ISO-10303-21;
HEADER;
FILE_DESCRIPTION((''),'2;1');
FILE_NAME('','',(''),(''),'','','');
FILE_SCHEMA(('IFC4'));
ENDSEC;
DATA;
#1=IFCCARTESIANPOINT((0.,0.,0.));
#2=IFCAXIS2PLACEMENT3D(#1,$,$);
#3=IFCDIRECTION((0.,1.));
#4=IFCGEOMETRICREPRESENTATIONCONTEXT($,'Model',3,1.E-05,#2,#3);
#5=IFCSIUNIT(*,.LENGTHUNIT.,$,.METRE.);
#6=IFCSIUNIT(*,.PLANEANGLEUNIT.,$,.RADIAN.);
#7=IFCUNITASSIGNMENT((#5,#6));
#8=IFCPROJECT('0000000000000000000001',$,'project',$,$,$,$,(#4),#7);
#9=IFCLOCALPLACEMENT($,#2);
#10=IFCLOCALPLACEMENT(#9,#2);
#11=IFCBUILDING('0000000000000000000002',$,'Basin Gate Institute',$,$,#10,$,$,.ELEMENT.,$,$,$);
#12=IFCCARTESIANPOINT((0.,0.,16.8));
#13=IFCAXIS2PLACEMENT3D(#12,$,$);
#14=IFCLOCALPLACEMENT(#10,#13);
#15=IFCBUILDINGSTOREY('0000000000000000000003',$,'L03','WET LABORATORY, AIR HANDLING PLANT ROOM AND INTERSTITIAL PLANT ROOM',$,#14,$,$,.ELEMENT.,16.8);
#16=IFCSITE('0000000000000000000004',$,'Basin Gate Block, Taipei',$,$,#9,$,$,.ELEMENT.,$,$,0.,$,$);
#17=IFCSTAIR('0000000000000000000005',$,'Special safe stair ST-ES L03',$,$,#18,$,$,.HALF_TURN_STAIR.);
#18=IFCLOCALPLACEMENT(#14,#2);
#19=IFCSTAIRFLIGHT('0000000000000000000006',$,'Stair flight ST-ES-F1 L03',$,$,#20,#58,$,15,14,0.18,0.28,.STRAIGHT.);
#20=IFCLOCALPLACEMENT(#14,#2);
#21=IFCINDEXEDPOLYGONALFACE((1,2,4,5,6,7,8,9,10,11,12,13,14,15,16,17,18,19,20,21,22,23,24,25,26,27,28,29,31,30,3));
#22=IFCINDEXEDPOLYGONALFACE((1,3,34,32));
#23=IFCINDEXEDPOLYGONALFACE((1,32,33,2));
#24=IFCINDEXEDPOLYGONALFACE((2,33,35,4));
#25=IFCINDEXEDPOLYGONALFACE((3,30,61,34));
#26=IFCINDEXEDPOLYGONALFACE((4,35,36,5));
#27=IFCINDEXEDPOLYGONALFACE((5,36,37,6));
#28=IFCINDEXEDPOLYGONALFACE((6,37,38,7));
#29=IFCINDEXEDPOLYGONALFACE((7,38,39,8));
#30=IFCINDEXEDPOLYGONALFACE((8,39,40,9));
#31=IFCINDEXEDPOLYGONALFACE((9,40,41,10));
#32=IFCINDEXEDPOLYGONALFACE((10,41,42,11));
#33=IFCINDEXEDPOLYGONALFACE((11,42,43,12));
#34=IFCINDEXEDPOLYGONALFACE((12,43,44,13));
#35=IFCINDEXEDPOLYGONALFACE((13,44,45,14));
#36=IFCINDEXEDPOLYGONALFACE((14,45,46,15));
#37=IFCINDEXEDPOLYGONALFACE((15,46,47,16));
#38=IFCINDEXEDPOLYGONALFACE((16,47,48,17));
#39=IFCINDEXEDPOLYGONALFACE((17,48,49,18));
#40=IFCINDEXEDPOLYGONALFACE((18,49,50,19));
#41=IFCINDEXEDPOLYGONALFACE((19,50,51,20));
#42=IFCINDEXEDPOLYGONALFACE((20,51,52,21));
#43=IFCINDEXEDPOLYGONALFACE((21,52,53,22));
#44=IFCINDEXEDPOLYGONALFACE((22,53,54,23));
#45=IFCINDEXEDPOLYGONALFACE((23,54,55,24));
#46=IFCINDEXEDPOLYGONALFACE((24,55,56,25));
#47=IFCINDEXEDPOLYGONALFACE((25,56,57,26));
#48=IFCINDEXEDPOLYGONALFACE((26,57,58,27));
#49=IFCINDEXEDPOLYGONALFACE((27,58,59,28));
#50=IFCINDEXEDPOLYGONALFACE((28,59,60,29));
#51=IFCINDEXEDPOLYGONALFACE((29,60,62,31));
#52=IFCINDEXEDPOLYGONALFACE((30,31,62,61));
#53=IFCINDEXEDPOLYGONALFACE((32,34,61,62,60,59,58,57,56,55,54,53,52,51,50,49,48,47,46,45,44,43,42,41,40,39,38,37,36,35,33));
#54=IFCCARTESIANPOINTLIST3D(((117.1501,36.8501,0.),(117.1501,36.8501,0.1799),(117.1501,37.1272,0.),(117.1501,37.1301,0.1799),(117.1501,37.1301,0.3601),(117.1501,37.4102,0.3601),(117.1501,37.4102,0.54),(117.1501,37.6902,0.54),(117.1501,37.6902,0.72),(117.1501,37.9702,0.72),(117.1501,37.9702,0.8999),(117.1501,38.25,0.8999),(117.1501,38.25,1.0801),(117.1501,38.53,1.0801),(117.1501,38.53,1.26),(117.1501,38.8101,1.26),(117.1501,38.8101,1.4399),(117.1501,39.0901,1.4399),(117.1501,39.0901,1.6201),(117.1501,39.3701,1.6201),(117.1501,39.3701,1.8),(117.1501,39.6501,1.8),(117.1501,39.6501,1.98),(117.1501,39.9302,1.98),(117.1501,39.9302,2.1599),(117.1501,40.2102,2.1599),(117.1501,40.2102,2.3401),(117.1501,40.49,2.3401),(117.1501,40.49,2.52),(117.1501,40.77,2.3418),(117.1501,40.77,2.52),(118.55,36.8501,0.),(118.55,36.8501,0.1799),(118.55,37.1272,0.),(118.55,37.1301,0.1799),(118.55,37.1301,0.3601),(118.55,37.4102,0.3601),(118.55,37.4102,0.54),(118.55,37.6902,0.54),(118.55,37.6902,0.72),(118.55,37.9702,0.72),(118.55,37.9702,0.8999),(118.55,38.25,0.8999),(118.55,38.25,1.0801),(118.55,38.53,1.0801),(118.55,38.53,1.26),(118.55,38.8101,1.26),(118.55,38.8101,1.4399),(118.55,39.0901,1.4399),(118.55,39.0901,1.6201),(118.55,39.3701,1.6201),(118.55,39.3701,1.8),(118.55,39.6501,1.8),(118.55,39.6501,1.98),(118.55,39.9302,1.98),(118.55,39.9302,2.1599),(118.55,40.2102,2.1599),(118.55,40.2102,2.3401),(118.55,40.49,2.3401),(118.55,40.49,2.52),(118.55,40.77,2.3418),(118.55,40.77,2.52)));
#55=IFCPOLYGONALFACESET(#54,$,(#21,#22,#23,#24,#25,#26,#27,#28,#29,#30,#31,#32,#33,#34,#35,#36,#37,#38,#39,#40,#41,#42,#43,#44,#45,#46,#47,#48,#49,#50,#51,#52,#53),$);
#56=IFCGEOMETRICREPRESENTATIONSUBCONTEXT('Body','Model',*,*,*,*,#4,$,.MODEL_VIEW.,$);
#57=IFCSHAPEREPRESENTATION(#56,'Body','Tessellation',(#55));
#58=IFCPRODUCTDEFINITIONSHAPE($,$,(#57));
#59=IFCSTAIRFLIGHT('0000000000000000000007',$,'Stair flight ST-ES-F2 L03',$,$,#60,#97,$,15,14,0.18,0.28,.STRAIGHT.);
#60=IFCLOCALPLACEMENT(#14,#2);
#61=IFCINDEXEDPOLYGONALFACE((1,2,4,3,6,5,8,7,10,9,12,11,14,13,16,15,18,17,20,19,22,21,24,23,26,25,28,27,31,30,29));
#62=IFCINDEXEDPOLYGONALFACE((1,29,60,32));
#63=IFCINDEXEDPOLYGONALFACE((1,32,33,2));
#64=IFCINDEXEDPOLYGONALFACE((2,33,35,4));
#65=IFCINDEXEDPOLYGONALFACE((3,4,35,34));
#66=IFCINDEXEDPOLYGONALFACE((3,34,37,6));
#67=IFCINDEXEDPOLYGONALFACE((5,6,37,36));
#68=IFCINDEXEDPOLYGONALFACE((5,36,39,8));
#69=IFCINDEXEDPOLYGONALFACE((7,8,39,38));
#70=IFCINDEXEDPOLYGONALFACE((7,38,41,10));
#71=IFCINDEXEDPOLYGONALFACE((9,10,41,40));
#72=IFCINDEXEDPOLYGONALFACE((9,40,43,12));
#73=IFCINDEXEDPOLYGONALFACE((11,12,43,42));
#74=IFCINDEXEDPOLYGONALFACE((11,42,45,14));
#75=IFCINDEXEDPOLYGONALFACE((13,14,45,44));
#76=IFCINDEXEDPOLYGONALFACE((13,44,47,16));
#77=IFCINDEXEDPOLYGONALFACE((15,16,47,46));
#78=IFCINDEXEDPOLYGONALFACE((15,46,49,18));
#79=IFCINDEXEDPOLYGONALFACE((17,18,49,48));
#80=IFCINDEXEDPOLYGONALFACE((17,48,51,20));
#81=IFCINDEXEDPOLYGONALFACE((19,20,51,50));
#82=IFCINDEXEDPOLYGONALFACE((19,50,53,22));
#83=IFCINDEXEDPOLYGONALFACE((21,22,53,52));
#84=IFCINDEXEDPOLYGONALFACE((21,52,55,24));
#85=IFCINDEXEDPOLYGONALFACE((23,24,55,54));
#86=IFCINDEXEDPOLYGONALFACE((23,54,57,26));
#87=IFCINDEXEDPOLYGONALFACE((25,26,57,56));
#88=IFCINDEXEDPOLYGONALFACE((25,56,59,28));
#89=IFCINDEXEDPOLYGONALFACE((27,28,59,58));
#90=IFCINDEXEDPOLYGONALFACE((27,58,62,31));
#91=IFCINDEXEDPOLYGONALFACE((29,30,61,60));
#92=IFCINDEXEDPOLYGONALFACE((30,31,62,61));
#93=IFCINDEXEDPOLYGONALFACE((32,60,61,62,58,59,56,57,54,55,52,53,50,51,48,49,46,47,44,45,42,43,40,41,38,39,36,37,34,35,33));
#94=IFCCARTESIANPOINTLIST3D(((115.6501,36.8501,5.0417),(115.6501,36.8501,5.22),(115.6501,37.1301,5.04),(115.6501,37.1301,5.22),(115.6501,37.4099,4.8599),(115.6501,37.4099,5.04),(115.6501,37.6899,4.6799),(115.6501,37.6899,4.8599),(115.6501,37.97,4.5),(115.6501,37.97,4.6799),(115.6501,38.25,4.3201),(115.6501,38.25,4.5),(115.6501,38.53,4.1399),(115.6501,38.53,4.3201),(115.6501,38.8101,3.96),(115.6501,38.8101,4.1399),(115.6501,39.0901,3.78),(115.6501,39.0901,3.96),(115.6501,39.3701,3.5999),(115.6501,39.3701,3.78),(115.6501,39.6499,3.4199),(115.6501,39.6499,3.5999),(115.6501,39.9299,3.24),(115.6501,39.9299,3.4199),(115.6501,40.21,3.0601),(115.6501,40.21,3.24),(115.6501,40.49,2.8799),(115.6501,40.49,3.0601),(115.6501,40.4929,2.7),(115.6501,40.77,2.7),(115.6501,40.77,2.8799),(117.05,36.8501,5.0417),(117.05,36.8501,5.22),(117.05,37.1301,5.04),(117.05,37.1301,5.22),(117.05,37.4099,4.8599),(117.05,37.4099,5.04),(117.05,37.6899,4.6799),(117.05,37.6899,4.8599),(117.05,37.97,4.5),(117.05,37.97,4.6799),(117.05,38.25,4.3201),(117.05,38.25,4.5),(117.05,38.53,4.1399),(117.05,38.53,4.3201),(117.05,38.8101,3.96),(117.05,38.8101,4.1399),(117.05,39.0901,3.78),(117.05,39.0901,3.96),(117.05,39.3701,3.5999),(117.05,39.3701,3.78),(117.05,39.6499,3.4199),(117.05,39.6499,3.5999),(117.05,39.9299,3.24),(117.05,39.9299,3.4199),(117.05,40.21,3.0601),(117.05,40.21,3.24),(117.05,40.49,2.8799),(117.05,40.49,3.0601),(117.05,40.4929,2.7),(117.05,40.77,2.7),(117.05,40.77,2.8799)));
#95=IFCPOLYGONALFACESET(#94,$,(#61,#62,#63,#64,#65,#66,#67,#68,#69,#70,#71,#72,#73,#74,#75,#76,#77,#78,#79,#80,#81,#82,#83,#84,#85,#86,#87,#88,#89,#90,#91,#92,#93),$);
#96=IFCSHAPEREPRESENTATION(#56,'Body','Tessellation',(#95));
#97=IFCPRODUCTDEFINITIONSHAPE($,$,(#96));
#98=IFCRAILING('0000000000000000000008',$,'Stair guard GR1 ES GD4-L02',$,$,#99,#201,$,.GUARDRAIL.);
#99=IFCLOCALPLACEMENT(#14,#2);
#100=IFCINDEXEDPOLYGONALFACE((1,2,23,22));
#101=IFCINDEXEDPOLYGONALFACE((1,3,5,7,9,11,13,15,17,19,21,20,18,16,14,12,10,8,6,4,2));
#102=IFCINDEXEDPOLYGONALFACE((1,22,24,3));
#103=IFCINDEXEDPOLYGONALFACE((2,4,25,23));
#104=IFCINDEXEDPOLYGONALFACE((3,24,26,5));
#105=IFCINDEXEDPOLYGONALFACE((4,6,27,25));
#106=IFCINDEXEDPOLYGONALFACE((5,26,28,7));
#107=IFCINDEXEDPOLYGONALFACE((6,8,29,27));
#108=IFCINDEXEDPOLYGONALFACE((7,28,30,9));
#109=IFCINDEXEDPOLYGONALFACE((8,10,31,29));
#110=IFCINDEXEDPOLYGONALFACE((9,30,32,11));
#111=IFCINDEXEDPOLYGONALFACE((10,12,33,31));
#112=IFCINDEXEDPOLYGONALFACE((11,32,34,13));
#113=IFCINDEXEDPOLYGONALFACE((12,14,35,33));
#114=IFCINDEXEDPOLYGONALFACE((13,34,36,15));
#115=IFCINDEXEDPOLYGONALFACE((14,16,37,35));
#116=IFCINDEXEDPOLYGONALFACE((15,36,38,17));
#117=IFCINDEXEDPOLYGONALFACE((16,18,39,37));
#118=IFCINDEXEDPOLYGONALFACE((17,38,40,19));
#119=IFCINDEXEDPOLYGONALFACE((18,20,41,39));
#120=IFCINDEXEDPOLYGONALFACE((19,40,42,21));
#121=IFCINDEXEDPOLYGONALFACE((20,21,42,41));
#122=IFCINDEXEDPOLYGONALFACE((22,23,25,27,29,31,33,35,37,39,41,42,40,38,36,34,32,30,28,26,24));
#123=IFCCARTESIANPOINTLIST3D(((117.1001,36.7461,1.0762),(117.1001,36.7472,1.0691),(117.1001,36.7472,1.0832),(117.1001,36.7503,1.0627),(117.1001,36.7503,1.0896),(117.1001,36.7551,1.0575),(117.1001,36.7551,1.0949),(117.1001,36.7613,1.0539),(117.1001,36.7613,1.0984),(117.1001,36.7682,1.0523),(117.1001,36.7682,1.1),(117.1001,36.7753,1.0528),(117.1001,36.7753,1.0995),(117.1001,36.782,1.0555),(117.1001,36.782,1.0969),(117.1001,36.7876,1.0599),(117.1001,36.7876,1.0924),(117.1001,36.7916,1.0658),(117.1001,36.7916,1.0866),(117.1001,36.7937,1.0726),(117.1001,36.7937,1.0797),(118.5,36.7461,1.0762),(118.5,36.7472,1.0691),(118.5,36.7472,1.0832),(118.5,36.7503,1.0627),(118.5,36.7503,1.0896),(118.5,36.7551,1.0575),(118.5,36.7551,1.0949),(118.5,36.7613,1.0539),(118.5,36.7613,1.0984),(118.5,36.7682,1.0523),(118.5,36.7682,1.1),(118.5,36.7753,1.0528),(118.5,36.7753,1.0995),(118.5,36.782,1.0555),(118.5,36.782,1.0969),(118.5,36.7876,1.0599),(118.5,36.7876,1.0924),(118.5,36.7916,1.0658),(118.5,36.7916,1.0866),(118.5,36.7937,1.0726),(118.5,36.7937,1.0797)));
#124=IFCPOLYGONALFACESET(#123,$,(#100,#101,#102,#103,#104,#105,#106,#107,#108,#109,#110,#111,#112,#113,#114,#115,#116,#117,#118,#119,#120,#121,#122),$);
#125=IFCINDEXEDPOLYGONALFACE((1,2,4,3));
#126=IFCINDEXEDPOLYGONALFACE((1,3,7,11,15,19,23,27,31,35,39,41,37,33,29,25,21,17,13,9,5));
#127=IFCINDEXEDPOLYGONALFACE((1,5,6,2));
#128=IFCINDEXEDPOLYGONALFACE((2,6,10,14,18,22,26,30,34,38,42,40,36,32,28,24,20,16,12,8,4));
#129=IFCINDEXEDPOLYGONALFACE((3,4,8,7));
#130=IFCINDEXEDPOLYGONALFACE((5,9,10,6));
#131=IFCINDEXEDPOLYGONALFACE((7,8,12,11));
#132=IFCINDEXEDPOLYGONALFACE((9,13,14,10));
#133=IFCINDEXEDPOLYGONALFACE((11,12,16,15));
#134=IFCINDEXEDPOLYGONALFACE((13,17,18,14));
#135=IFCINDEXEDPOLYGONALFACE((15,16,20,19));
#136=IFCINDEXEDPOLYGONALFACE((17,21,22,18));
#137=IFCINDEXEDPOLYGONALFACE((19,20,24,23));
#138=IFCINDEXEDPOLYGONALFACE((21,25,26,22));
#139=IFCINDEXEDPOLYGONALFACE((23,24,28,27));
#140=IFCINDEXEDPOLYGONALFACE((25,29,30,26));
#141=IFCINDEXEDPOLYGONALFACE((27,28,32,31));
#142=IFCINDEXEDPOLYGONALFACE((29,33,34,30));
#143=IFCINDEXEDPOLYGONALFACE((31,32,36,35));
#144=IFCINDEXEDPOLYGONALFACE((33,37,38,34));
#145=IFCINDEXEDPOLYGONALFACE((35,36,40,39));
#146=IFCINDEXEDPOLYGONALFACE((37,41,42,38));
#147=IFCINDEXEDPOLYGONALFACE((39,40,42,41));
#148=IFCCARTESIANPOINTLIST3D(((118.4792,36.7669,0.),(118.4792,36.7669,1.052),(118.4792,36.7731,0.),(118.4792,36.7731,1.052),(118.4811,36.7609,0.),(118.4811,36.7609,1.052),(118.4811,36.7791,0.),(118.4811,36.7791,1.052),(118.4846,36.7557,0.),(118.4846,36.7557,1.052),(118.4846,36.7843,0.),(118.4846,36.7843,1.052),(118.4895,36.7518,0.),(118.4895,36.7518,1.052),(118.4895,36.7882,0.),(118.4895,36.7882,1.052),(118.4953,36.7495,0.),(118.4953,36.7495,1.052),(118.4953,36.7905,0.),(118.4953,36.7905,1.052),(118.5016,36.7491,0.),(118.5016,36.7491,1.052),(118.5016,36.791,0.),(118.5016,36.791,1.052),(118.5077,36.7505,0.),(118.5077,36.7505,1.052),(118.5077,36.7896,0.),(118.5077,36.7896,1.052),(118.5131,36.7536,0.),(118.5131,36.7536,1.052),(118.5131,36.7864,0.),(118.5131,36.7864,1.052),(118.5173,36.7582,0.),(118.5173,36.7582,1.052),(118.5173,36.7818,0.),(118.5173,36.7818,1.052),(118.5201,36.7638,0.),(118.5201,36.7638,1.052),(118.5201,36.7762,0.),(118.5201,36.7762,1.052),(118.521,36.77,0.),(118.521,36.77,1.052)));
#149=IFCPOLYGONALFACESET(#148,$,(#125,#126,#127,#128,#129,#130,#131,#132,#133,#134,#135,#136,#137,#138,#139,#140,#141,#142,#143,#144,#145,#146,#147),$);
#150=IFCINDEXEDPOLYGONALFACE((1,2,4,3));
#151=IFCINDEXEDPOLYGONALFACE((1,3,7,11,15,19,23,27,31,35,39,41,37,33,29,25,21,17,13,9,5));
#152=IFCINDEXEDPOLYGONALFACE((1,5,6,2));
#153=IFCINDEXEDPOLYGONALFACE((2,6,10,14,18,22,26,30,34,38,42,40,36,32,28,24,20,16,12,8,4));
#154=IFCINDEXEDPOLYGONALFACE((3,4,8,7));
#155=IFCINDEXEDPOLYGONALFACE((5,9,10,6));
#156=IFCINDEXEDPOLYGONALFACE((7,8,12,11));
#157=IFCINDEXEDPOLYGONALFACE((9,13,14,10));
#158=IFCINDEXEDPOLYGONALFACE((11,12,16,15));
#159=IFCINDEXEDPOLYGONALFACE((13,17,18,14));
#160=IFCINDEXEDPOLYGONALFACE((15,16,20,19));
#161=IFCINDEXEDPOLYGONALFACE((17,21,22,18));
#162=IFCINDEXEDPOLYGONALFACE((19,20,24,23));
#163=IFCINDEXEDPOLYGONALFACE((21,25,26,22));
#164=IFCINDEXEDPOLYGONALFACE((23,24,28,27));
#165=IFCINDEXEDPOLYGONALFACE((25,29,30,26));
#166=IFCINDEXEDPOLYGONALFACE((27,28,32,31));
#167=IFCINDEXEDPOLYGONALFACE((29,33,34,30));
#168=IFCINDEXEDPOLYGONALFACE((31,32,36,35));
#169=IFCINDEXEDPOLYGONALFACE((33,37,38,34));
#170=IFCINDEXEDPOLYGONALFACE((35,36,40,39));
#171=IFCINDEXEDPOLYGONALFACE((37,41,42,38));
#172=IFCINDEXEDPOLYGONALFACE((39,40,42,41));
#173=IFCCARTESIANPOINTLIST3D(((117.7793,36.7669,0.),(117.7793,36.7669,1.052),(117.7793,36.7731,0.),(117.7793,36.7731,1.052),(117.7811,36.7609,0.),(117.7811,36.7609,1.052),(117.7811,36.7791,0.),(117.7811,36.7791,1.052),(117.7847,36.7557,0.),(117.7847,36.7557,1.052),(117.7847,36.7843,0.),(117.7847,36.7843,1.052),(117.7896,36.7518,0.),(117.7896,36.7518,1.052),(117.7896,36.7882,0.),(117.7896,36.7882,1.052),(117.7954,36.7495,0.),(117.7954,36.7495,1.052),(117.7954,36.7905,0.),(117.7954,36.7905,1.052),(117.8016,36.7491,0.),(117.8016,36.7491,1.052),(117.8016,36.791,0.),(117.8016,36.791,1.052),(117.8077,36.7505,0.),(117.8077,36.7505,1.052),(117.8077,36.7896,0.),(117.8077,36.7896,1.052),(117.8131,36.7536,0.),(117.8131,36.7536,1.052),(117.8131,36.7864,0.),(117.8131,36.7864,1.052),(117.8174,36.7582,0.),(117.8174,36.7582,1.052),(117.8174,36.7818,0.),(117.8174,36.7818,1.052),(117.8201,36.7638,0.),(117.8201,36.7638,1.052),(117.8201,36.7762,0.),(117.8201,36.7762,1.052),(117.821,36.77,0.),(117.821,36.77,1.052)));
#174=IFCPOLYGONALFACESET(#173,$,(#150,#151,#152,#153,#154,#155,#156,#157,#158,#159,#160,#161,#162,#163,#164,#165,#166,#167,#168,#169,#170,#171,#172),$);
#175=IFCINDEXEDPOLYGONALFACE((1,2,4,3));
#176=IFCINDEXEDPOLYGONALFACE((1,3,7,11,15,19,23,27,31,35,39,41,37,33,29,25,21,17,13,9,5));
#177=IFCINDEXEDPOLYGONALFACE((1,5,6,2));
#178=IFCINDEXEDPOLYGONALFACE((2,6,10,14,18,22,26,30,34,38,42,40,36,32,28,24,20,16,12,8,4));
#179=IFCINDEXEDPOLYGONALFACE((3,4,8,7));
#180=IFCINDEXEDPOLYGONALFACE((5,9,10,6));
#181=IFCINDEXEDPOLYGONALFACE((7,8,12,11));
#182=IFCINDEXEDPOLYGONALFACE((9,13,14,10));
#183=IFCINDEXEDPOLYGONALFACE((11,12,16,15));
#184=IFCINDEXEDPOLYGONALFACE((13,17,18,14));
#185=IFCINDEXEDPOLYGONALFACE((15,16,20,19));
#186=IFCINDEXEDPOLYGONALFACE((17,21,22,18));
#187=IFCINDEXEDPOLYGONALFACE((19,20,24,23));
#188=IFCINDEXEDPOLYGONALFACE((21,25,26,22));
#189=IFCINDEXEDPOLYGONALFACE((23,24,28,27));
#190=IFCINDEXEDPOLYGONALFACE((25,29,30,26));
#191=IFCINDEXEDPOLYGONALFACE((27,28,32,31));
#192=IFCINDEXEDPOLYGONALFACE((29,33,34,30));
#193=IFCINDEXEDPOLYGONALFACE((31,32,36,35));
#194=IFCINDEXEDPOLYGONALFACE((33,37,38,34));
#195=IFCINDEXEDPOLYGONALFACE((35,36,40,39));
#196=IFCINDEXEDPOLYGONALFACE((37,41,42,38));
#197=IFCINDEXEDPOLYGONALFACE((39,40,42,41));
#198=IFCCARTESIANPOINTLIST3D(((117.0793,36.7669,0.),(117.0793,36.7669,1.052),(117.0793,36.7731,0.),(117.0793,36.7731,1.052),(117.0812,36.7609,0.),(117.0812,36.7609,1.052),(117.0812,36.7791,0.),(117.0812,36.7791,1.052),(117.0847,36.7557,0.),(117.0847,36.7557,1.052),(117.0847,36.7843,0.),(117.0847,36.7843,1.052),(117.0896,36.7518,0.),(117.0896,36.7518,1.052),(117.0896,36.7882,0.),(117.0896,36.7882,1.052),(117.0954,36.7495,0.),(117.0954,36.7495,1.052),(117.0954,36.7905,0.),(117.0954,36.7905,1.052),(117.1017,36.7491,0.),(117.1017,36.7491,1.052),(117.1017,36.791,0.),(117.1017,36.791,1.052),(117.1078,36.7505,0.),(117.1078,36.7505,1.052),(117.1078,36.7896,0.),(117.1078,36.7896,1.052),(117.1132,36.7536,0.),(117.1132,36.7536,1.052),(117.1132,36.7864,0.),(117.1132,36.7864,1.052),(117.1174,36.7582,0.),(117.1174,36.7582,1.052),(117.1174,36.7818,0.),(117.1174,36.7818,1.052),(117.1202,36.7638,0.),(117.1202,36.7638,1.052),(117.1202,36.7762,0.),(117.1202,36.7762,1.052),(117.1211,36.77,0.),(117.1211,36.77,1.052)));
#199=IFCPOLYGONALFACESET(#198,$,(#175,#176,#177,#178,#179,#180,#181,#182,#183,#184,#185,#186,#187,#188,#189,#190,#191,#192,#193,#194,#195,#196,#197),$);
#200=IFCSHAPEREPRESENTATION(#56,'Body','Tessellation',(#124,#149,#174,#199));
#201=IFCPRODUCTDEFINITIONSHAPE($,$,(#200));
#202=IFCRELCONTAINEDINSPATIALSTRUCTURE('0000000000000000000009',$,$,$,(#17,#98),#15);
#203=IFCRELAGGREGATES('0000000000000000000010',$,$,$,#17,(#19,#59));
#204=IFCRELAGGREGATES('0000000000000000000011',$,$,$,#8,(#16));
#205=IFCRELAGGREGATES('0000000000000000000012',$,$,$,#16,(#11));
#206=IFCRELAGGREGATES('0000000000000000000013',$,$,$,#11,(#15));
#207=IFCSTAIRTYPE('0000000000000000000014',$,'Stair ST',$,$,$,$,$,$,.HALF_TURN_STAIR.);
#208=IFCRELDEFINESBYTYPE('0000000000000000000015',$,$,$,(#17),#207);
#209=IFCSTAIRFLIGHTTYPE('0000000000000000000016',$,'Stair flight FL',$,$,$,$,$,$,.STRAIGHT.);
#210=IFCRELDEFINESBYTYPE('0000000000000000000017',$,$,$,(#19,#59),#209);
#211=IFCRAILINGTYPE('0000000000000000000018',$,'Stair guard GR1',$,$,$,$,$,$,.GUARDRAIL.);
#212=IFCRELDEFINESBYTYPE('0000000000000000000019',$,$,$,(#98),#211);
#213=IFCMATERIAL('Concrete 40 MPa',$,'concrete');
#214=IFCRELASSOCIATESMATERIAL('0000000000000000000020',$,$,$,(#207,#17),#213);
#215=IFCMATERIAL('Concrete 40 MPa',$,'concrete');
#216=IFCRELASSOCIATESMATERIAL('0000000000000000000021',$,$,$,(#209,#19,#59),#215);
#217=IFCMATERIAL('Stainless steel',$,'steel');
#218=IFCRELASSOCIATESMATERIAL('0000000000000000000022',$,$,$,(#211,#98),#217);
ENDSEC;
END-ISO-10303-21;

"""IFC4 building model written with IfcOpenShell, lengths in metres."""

from ifc_helpers import new_model, si_unit, direction, frame, origin, origin_2d, place, context, subcontext, project, spatial, polyline, circle, outline, extrude, material, type_object, element, aggregate, save


model = new_model("IFC4")

# Units and contexts
model_context = context("Model", 3, precision=1e-05, world=origin(), true_north=direction((0.0, 1.0)))
body_context = subcontext(model_context, "Body", "Model", "MODEL_VIEW")
ifc_project = project(units=[si_unit("LENGTHUNIT", "METRE"), si_unit("PLANEANGLEUNIT", "RADIAN")], contexts=[model_context])

# Site, building, storey
site_placement = place(None, origin())
site = spatial("IfcSite", under=ifc_project, at=site_placement, Name="Basin Gate Block, Taipei", CompositionType="ELEMENT", RefElevation=0.0)
building_placement = place(site_placement, origin())
building = spatial("IfcBuilding", under=site, at=building_placement, Name="Basin Gate Institute", CompositionType="ELEMENT")
storey_placement = place(building_placement, frame((0.0, 0.0, 16.8)))
storey = spatial("IfcBuildingStorey", under=building, at=storey_placement, Name="L03", Description="WET LABORATORY, AIR HANDLING PLANT ROOM AND INTERSTITIAL PLANT ROOM", CompositionType="ELEMENT", Elevation=16.8)

# Stair, stair flights
ifc_material_1 = material(Name="Concrete 40 MPa", Category="concrete")
stair_type = type_object("IfcStairType", Name="Stair ST", PredefinedType="HALF_TURN_STAIR", material=ifc_material_1)
stair_placement = place(storey_placement, origin())
stair = element("IfcStair", 1, at=stair_placement, inside=storey, type_object=stair_type, material=ifc_material_1, Name="Special safe stair ST-ES L03", PredefinedType="HALF_TURN_STAIR")
ifc_material_2 = material(Name="Concrete 40 MPa", Category="concrete")
stair_flight_type = type_object("IfcStairFlightType", Name="Stair flight FL", PredefinedType="STRAIGHT", material=ifc_material_2)
stair_flight_1_placement = place(storey_placement, frame((117.8501, 36.8501, 0.0), z_axis=(0.0, 0.0, 1.0), x_axis=(0.0, 1.0, 0.0)))
stair_flight_1 = element("IfcStairFlight", 2, at=stair_flight_1_placement, type_object=stair_flight_type, material=ifc_material_2, Name="Stair flight ST-ES-F1 L03", NumberOfRisers=15, NumberOfTreads=14, PredefinedType="STRAIGHT", RiserHeight=0.18, TreadLength=0.28, context=body_context, shape_type="SweptSolid", body=[
    extrude(outline(polyline([(0.0, 0.0), (0.0, 0.1799), (0.28, 0.1799), (0.28, 0.3601), (0.5601, 0.3601), (0.5601, 0.54), (0.8401, 0.54), (0.8401, 0.72), (1.1201, 0.72), (1.1201, 0.8999), (1.3999, 0.8999), (1.3999, 1.0801), (1.6799, 1.0801), (1.6799, 1.26), (1.96, 1.26), (1.96, 1.4399), (2.24, 1.4399), (2.24, 1.6201), (2.52, 1.6201), (2.52, 1.8), (2.8, 1.8), (2.8, 1.98), (3.0801, 1.98), (3.0801, 2.1599), (3.3601, 2.1599), (3.3601, 2.3401), (3.6399, 2.3401), (3.6399, 2.52), (3.9199, 2.52), (3.9199, 2.7), (3.9199, 2.3418), (0.2771, 0.0), (0.0, 0.0)])), frame((0.0, 0.7, 0.0), z_axis=(0.0, -1.0, 0.0), x_axis=(1.0, 0.0, 0.0)), (0.0, 0.0, 1.0), 1.3999),
])
stair_flight_2_placement = place(storey_placement, frame((116.3501, 40.77, 2.7), z_axis=(0.0, 0.0, 1.0), x_axis=(0.0, -1.0, 0.0)))
stair_flight_2 = element("IfcStairFlight", 3, at=stair_flight_2_placement, type_object=stair_flight_type, material=ifc_material_2, Name="Stair flight ST-ES-F2 L03", NumberOfRisers=15, NumberOfTreads=14, PredefinedType="STRAIGHT", RiserHeight=0.18, TreadLength=0.28, context=body_context, shape_type="SweptSolid", body=[
    extrude(outline(polyline([(0.0, 0.0), (0.0, 0.1799), (0.28, 0.1799), (0.28, 0.3601), (0.5601, 0.3601), (0.5601, 0.54), (0.8401, 0.54), (0.8401, 0.72), (1.1201, 0.72), (1.1201, 0.8999), (1.3999, 0.8999), (1.3999, 1.0801), (1.6799, 1.0801), (1.6799, 1.26), (1.96, 1.26), (1.96, 1.4399), (2.24, 1.4399), (2.24, 1.6201), (2.52, 1.6201), (2.52, 1.8), (2.8, 1.8), (2.8, 1.98), (3.0801, 1.98), (3.0801, 2.1599), (3.3601, 2.1599), (3.3601, 2.3401), (3.6399, 2.3401), (3.6399, 2.52), (3.9199, 2.52), (3.9199, 2.7), (3.9199, 2.3418), (0.2771, 0.0), (0.0, 0.0)])), frame((0.0, 0.7, 0.0), z_axis=(0.0, -1.0, 0.0), x_axis=(1.0, 0.0, 0.0)), (0.0, 0.0, 1.0), 1.3999),
])
aggregate(stair, [stair_flight_1, stair_flight_2])

# Railing
ifc_material_3 = material(Name="Stainless steel", Category="steel")
railing_type_1 = type_object("IfcRailingType", Name="Stair guard GR1", PredefinedType="GUARDRAIL", material=ifc_material_3)
railing_1_placement = place(storey_placement, frame((118.5, 36.77, 0.0)))
element("IfcRailing", 4, at=railing_1_placement, inside=storey, type_object=railing_type_1, material=ifc_material_3, Name="Stair guard GR1 ES GD4-L02", PredefinedType="GUARDRAIL", context=body_context, shape_type="SweptSolid", body=[
    extrude(circle(Radius=0.0239, at=origin_2d()), frame((0.0, 0.0, 1.0762), z_axis=(-1.0, 0.0, 0.0), x_axis=(0.0, -1.0, 0.0)), (0.0, 0.0, 1.0), 1.3999),
    extrude(circle(Radius=0.021, at=origin_2d()), origin(), (0.0, 0.0, 1.0), 1.052),
    extrude(circle(Radius=0.021, at=origin_2d()), frame((-0.7, 0.0, 0.0)), (0.0, 0.0, 1.0), 1.052),
    extrude(circle(Radius=0.021, at=origin_2d()), frame((-1.3999, 0.0, 0.0)), (0.0, 0.0, 1.0), 1.052),
])

save(model, "model.ifc")
